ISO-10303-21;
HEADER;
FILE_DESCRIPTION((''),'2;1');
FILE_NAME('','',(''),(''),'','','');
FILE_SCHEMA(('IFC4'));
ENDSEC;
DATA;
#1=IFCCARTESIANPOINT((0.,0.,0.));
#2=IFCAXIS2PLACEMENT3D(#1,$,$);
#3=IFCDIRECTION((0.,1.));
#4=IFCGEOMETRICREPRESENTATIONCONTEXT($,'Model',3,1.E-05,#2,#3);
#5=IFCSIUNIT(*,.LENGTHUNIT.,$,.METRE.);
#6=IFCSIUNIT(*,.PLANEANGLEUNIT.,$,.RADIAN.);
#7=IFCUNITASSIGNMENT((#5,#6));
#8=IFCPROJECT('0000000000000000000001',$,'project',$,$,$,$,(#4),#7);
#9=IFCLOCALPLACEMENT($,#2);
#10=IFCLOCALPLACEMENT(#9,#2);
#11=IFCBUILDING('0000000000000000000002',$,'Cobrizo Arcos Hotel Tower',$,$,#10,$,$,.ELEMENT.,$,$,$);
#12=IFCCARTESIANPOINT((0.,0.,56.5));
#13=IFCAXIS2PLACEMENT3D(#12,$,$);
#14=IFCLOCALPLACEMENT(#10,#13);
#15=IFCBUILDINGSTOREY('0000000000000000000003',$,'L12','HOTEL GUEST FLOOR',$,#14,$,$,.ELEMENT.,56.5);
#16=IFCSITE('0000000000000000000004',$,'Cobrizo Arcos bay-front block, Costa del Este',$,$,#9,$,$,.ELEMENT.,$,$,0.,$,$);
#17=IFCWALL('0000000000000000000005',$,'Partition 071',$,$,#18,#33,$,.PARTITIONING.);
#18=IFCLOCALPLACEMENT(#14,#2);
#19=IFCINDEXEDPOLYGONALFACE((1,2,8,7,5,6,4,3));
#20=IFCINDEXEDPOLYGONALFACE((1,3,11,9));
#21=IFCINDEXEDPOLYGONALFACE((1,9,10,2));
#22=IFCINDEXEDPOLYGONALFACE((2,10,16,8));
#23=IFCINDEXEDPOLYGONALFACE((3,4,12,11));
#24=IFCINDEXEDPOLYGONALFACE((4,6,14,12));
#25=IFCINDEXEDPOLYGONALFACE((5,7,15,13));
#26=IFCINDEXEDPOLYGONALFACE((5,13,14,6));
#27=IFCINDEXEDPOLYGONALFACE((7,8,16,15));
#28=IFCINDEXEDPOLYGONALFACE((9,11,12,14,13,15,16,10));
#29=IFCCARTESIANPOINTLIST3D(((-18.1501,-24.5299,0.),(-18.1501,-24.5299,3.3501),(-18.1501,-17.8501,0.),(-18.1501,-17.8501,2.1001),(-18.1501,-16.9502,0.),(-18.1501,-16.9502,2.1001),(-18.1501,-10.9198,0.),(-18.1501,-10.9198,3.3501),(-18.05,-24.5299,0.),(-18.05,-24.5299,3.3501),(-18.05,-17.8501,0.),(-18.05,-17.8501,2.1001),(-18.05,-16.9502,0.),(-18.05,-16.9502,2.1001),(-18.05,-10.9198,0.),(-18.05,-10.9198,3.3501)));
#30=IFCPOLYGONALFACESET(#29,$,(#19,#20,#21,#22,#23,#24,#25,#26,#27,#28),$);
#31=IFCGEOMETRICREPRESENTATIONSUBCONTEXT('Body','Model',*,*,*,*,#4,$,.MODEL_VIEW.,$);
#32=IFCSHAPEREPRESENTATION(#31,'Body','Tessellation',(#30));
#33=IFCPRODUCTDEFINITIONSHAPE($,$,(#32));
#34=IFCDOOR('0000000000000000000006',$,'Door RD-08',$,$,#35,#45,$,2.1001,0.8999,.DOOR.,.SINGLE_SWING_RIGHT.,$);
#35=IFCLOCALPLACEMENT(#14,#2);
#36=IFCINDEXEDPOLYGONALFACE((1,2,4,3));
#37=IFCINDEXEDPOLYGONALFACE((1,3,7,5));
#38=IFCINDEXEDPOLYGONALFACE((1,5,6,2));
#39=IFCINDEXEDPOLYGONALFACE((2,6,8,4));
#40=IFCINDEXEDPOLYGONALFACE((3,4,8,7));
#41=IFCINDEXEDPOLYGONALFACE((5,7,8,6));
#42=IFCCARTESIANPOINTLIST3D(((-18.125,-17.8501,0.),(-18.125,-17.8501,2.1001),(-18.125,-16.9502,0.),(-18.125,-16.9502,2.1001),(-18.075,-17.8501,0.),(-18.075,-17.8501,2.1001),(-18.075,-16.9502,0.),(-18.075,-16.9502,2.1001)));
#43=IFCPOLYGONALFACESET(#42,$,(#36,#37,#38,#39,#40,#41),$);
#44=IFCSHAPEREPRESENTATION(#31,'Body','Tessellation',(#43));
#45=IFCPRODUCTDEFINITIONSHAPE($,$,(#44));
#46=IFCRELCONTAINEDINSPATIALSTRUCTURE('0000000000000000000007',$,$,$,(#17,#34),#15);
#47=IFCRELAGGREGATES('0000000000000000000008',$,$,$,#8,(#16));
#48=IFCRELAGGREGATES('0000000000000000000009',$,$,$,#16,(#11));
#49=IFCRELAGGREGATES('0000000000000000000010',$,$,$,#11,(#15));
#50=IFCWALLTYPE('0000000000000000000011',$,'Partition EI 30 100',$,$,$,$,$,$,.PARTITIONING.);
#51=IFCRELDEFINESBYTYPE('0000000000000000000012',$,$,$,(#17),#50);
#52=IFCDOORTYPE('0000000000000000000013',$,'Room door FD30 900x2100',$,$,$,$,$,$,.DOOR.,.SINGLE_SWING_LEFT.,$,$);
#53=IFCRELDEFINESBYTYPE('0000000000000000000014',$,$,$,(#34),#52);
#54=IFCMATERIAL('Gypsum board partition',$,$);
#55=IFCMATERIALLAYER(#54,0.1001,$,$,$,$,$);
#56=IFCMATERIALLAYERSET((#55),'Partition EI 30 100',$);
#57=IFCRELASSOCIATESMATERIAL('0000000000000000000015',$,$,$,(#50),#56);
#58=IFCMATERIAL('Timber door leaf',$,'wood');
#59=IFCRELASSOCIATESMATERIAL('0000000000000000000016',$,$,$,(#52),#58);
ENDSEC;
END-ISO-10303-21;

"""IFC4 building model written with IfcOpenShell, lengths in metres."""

from ifc_helpers import new_model, si_unit, direction, frame, frame_2d, origin, place, context, subcontext, project, spatial, rectangle, extrude, material, layer, layer_set, type_object, element, fill, save


model = new_model("IFC4")

# Units and contexts
model_context = context("Model", 3, precision=1e-05, world=origin(), true_north=direction((0.0, 1.0)))
body_context = subcontext(model_context, "Body", "Model", "MODEL_VIEW")
ifc_project = project(units=[si_unit("LENGTHUNIT", "METRE"), si_unit("PLANEANGLEUNIT", "RADIAN")], contexts=[model_context])

# Site, building, storey
site_placement = place(None, origin())
site = spatial("IfcSite", under=ifc_project, at=site_placement, Name="Cobrizo Arcos bay-front block, Costa del Este", CompositionType="ELEMENT", RefElevation=0.0)
building_placement = place(site_placement, origin())
building = spatial("IfcBuilding", under=site, at=building_placement, Name="Cobrizo Arcos Hotel Tower", CompositionType="ELEMENT")
storey_placement = place(building_placement, frame((0.0, 0.0, 56.5)))
storey = spatial("IfcBuildingStorey", under=building, at=storey_placement, Name="L12", Description="HOTEL GUEST FLOOR", CompositionType="ELEMENT", Elevation=56.5)

# Wall, opening, door
ifc_material_1 = material(Name="Gypsum board partition")
ifc_layer_1 = layer(ifc_material_1, 0.1001)
ifc_layer_set_1 = layer_set([ifc_layer_1], Name="Partition EI 30 100")
wall_type = type_object("IfcWallType", Name="Partition EI 30 100", PredefinedType="PARTITIONING", material=ifc_layer_set_1)
wall_placement = place(storey_placement, frame((-18.1001, -24.53, 0.0), z_axis=(0.0, 0.0, 1.0), x_axis=(0.0, 1.0, 0.0)))
wall = element("IfcWall", 1, at=wall_placement, inside=storey, type_object=wall_type, Name="Partition 071", PredefinedType="PARTITIONING", context=body_context, shape_type="SweptSolid", body=[
    extrude(rectangle(XDim=13.6101, YDim=0.1001, at=frame_2d((6.8052, 0.0))), origin(), (0.0, 0.0, 1.0), 3.3501),
])
opening_placement = place(wall_placement, frame((6.6799, 0.0, 0.0)))
opening = element("IfcOpeningElement", 2, at=opening_placement, cuts=wall, PredefinedType="OPENING", context=body_context, shape_type="SweptSolid", body=[
    extrude(rectangle(XDim=0.8999, YDim=2.1001, at=frame_2d((0.45, 1.05))), frame((0.0, 0.062, 0.0), z_axis=(0.0, -1.0, 0.0), x_axis=(1.0, 0.0, 0.0)), (0.0, 0.0, 1.0), 0.124),
])
ifc_material_2 = material(Name="Timber door leaf", Category="wood")
door_type = type_object("IfcDoorType", Name="Room door FD30 900x2100", OperationType="SINGLE_SWING_LEFT", PredefinedType="DOOR", material=ifc_material_2)
door_placement = place(opening_placement, origin())
door = element("IfcDoor", 3, at=door_placement, inside=storey, type_object=door_type, Name="Door RD-08", OperationType="SINGLE_SWING_RIGHT", OverallHeight=2.1001, OverallWidth=0.8999, PredefinedType="DOOR", context=body_context, shape_type="SweptSolid", body=[
    extrude(rectangle(XDim=0.8999, YDim=2.1001, at=frame_2d((0.45, 1.05))), frame((0.0, 0.0249, 0.0), z_axis=(0.0, -1.0, 0.0), x_axis=(1.0, 0.0, 0.0)), (0.0, 0.0, 1.0), 0.05),
])
fill(opening, door)

save(model, "model.ifc")
